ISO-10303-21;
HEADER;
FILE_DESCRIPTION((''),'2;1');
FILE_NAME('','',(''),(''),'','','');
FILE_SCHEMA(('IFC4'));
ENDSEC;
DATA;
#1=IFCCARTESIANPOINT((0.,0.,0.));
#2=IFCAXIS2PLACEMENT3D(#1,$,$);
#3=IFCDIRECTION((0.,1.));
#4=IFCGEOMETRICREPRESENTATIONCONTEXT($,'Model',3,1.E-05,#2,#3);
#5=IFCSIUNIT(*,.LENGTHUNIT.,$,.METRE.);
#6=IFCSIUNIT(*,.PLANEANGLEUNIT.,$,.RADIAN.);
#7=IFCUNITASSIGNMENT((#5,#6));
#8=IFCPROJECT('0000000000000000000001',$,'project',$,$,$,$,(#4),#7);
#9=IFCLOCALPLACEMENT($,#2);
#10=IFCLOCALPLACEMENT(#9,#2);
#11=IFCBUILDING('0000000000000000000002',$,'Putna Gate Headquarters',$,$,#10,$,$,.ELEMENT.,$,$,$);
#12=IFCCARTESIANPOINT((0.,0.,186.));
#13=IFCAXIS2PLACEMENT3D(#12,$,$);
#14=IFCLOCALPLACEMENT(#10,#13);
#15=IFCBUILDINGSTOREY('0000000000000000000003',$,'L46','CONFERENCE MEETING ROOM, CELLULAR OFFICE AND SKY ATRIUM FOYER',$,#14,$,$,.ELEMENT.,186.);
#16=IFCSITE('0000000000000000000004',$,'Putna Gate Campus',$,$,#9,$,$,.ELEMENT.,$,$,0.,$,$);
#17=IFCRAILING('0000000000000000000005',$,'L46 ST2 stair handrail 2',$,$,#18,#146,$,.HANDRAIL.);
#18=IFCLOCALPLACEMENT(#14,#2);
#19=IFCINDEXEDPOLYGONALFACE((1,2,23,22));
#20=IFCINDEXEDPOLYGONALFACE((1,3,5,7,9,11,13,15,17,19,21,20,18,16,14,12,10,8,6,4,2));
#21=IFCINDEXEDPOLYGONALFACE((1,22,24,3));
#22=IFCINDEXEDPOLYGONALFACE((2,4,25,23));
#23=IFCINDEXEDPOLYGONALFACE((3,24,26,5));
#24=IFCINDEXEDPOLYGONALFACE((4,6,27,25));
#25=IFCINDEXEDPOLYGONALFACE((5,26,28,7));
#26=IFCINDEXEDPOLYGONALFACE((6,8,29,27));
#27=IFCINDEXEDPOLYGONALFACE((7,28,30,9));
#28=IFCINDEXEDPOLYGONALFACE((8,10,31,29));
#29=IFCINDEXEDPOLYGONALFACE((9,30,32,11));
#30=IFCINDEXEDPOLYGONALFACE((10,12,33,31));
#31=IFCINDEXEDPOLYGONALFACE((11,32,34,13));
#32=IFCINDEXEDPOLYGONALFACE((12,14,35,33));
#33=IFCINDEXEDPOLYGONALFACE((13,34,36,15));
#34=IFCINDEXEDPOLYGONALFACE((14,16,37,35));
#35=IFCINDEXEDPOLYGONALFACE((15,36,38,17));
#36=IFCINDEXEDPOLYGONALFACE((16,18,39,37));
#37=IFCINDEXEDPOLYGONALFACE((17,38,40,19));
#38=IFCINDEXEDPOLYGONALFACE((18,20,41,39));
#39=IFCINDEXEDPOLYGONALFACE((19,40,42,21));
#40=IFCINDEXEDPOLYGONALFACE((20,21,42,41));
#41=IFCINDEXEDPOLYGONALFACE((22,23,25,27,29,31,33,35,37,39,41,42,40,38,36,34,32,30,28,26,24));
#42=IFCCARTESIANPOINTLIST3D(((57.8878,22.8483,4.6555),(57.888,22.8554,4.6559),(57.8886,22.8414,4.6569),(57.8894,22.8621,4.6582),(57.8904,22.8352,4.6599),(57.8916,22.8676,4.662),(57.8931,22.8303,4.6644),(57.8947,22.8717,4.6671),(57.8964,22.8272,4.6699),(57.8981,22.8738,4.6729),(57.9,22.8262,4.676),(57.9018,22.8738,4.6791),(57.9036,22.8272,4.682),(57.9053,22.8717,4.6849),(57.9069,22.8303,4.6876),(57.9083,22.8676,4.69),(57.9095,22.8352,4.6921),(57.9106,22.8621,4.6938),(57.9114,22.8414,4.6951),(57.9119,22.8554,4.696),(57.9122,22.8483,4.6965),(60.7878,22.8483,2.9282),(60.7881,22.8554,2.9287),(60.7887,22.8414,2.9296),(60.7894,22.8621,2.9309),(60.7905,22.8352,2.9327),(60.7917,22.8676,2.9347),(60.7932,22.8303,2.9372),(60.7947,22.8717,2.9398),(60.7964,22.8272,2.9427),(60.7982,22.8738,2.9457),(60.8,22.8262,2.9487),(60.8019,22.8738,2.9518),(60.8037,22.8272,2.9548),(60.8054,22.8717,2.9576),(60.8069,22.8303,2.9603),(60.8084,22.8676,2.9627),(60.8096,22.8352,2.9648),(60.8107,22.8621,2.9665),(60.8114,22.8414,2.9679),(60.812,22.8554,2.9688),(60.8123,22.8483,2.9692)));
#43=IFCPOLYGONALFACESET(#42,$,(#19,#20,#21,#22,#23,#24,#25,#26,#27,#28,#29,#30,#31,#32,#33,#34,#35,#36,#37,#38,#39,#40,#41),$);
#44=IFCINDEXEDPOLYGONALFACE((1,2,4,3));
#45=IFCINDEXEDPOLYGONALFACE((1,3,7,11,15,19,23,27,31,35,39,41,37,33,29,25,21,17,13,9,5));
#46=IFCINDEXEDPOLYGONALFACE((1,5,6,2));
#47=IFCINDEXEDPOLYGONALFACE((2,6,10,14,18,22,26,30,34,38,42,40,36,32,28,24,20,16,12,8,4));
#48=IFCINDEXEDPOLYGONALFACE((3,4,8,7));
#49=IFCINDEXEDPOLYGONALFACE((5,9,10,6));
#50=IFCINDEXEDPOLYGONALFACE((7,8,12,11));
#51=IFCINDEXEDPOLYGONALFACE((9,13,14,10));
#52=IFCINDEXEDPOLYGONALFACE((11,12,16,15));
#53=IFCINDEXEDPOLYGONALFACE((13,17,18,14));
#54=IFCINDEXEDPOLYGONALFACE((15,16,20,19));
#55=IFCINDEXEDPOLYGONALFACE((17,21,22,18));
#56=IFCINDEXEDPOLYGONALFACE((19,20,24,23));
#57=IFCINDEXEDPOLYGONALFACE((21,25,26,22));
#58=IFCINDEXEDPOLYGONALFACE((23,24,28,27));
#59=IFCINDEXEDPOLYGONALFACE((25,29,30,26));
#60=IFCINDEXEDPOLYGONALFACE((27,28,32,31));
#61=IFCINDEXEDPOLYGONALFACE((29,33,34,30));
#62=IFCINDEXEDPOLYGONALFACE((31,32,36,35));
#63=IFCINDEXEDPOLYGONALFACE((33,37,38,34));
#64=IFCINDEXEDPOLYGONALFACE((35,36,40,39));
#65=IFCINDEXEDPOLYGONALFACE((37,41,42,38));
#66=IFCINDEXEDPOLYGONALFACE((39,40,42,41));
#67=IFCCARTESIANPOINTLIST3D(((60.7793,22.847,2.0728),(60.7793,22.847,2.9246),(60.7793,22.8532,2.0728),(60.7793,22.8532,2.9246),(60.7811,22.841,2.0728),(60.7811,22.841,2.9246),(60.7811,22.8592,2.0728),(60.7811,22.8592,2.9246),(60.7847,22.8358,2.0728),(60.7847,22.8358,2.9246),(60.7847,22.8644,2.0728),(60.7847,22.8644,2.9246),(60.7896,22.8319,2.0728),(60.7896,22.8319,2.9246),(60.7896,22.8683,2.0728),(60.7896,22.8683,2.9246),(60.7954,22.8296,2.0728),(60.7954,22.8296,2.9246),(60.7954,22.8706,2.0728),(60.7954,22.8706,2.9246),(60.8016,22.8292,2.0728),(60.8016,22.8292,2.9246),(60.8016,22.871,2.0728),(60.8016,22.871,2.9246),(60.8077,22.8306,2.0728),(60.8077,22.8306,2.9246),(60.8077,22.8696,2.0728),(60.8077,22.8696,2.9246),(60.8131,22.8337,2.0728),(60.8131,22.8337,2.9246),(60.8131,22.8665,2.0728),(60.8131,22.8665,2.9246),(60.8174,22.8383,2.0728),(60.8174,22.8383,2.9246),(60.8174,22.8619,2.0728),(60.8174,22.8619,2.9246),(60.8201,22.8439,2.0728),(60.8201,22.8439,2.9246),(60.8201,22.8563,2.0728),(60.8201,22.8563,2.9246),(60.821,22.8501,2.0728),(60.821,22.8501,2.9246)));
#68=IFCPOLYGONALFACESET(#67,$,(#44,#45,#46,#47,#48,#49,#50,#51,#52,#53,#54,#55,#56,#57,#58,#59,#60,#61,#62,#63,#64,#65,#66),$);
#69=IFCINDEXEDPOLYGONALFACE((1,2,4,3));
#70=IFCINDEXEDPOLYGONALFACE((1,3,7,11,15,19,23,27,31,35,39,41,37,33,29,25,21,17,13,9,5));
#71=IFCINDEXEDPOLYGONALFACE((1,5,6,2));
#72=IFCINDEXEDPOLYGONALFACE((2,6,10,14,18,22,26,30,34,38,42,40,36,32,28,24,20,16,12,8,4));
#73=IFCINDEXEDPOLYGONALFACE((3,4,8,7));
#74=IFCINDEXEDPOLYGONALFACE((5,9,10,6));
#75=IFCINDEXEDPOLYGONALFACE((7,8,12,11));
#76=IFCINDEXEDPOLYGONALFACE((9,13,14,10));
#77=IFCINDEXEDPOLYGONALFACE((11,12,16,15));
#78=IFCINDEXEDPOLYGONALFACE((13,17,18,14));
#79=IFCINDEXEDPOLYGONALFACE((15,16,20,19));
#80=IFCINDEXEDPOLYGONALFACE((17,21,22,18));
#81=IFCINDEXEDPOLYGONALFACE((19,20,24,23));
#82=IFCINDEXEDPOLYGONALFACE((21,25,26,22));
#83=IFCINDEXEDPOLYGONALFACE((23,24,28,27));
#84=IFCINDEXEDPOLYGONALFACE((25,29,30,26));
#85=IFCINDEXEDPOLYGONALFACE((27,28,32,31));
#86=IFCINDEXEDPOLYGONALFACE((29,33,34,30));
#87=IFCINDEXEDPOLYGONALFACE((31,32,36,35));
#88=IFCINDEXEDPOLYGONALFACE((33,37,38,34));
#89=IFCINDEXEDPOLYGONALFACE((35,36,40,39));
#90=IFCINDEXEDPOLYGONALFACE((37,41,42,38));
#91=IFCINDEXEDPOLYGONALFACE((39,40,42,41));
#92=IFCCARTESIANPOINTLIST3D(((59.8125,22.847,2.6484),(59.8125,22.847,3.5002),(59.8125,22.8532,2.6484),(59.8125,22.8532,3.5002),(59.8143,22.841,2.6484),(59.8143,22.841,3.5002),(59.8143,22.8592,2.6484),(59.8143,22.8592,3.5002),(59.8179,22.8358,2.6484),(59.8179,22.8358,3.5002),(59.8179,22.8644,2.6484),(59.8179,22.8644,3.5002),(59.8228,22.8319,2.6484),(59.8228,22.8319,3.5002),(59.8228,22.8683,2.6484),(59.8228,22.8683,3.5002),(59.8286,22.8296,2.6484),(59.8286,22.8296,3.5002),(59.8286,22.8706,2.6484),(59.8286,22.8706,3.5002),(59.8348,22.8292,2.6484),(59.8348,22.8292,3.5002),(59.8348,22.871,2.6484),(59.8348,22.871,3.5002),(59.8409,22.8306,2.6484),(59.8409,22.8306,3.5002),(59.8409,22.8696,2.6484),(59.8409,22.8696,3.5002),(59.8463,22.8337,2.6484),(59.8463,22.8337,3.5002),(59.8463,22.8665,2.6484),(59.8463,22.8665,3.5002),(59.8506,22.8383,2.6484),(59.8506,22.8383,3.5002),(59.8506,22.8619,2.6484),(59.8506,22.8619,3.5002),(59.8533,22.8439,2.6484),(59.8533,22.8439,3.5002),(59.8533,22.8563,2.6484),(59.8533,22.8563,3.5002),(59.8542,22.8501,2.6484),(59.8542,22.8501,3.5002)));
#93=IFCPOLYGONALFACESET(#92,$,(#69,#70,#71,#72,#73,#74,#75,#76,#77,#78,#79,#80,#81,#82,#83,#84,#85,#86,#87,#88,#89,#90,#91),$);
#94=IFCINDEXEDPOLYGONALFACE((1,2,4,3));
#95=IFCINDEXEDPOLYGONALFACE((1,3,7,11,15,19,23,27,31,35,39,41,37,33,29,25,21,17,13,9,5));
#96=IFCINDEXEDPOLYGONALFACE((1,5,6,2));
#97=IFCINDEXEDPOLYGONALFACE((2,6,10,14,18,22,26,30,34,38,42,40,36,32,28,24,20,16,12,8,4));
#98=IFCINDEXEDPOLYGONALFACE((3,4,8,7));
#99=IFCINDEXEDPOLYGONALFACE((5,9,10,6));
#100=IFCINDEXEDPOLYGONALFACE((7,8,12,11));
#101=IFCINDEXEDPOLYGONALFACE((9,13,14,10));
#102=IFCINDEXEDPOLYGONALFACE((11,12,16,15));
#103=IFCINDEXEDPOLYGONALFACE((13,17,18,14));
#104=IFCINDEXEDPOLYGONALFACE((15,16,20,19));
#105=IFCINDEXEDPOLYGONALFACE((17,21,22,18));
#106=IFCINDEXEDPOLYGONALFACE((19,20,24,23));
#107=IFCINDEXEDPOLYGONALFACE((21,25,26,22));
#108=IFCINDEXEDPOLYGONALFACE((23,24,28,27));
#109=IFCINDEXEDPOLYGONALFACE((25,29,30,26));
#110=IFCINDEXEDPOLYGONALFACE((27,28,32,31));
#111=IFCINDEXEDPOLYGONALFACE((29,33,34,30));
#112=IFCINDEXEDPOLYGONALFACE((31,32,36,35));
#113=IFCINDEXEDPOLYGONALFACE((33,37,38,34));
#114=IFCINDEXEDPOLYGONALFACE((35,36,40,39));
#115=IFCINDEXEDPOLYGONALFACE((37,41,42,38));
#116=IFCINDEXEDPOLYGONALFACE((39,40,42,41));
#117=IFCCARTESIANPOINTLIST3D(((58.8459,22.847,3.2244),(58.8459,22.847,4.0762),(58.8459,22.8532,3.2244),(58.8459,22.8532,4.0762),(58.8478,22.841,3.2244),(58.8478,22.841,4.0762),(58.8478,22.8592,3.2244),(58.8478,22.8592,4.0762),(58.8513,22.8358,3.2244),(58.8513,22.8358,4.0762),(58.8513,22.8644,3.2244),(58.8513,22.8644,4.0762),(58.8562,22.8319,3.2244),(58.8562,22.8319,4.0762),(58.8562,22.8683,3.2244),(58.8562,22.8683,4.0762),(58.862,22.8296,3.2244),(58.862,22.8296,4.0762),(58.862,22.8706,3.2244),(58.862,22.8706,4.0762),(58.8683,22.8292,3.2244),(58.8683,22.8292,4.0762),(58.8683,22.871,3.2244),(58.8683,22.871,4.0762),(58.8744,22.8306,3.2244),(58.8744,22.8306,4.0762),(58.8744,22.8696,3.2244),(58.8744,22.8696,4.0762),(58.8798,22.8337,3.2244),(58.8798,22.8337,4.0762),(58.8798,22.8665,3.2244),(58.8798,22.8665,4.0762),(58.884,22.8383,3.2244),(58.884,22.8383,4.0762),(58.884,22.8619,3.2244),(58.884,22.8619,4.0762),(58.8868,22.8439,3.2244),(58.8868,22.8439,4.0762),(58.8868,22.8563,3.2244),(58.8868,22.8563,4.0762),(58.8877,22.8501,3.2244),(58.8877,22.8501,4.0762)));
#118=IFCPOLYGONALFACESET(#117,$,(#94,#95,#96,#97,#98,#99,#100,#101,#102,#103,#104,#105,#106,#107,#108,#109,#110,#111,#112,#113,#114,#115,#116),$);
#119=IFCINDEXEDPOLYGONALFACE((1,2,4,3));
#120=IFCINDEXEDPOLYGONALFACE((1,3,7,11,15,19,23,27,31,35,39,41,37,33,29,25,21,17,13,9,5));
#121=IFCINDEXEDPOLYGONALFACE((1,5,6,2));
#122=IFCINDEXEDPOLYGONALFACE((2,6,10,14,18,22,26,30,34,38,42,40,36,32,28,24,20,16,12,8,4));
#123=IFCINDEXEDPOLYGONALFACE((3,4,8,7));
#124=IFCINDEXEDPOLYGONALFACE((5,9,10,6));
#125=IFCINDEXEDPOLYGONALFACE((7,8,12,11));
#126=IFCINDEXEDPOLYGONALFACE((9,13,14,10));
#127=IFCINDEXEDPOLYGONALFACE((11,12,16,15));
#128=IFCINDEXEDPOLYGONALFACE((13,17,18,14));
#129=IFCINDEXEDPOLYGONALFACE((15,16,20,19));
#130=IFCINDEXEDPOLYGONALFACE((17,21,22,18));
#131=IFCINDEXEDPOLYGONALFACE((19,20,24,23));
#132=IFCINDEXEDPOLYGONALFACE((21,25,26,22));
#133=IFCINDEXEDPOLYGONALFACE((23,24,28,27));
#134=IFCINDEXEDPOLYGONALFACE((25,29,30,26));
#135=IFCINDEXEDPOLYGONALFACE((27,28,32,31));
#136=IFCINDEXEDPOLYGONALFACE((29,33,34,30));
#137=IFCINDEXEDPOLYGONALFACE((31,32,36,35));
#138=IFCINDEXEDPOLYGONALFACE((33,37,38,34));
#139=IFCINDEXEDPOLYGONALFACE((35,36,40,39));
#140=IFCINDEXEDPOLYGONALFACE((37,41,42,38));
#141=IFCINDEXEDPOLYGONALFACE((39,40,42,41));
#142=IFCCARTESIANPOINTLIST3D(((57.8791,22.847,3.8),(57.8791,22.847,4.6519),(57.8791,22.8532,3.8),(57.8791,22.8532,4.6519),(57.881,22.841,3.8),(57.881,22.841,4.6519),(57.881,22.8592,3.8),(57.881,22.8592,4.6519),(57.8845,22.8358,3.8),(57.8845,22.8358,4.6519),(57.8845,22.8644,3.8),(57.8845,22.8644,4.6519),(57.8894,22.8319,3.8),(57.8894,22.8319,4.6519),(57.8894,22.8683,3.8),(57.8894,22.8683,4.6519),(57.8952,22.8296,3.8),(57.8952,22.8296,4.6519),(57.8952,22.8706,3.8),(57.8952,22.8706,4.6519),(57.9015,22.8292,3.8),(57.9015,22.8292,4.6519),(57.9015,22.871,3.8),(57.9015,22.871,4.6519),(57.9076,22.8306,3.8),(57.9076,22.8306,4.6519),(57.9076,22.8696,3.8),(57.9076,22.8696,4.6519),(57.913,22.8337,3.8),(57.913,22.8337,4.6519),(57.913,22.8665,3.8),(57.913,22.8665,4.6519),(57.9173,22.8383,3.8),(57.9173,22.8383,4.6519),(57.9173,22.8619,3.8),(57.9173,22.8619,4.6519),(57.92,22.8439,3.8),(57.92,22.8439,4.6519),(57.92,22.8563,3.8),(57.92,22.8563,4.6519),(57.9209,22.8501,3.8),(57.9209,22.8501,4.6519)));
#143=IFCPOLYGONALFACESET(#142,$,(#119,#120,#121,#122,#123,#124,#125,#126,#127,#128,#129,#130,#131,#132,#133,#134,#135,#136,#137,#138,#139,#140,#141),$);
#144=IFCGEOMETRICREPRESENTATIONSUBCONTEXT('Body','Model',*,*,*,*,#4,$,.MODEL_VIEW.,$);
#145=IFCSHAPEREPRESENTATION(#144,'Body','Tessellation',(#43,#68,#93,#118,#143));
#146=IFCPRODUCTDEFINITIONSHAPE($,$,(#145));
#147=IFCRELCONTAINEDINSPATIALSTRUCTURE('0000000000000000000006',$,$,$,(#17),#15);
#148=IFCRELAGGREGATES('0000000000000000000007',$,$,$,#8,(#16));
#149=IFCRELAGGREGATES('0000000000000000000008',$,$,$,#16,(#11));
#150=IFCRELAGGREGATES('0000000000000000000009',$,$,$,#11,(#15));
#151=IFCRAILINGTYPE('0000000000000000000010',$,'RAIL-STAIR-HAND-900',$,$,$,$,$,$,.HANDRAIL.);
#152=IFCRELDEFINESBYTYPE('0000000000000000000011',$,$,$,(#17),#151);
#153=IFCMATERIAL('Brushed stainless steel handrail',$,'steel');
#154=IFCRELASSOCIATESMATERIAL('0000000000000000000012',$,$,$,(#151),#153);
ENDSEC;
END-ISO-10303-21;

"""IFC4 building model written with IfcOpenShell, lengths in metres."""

from ifc_helpers import new_model, si_unit, direction, frame, origin, origin_2d, place, context, subcontext, project, spatial, circle, extrude, material, type_object, element, save


model = new_model("IFC4")

# Units and contexts
model_context = context("Model", 3, precision=1e-05, world=origin(), true_north=direction((0.0, 1.0)))
body_context = subcontext(model_context, "Body", "Model", "MODEL_VIEW")
ifc_project = project(units=[si_unit("LENGTHUNIT", "METRE"), si_unit("PLANEANGLEUNIT", "RADIAN")], contexts=[model_context])

# Site, building, storey
site_placement = place(None, origin())
site = spatial("IfcSite", under=ifc_project, at=site_placement, Name="Putna Gate Campus", CompositionType="ELEMENT", RefElevation=0.0)
building_placement = place(site_placement, origin())
building = spatial("IfcBuilding", under=site, at=building_placement, Name="Putna Gate Headquarters", CompositionType="ELEMENT")
storey_placement = place(building_placement, frame((0.0, 0.0, 186.0)))
storey = spatial("IfcBuildingStorey", under=building, at=storey_placement, Name="L46", Description="CONFERENCE MEETING ROOM, CELLULAR OFFICE AND SKY ATRIUM FOYER", CompositionType="ELEMENT", Elevation=186.0)

# Railing
ifc_material_1 = material(Name="Brushed stainless steel handrail", Category="steel")
railing_type_1 = type_object("IfcRailingType", Name="RAIL-STAIR-HAND-900", PredefinedType="HANDRAIL", material=ifc_material_1)
railing_1_placement = place(storey_placement, frame((60.8, 22.8501, 2.0728)))
element("IfcRailing", 1, at=railing_1_placement, inside=storey, type_object=railing_type_1, Name="L46 ST2 stair handrail 2", PredefinedType="HANDRAIL", context=body_context, shape_type="SweptSolid", body=[
    extrude(circle(Radius=0.0239, at=origin_2d()), frame((0.0, 0.0, 0.876), z_axis=(-0.85916, 0.0, 0.511706), x_axis=(0.0, -1.0, 0.0)), (0.0, 0.0, 1.0), 3.3755),
    extrude(circle(Radius=0.021, at=origin_2d()), origin(), (0.0, 0.0, 1.0), 0.8518),
    extrude(circle(Radius=0.021, at=origin_2d()), frame((-0.9668, 0.0, 0.5757)), (0.0, 0.0, 1.0), 0.8518),
    extrude(circle(Radius=0.021, at=origin_2d()), frame((-1.9333, 0.0, 1.1516)), (0.0, 0.0, 1.0), 0.8518),
    extrude(circle(Radius=0.021, at=origin_2d()), frame((-2.9001, 0.0, 1.7273)), (0.0, 0.0, 1.0), 0.8518),
])

save(model, "model.ifc")
